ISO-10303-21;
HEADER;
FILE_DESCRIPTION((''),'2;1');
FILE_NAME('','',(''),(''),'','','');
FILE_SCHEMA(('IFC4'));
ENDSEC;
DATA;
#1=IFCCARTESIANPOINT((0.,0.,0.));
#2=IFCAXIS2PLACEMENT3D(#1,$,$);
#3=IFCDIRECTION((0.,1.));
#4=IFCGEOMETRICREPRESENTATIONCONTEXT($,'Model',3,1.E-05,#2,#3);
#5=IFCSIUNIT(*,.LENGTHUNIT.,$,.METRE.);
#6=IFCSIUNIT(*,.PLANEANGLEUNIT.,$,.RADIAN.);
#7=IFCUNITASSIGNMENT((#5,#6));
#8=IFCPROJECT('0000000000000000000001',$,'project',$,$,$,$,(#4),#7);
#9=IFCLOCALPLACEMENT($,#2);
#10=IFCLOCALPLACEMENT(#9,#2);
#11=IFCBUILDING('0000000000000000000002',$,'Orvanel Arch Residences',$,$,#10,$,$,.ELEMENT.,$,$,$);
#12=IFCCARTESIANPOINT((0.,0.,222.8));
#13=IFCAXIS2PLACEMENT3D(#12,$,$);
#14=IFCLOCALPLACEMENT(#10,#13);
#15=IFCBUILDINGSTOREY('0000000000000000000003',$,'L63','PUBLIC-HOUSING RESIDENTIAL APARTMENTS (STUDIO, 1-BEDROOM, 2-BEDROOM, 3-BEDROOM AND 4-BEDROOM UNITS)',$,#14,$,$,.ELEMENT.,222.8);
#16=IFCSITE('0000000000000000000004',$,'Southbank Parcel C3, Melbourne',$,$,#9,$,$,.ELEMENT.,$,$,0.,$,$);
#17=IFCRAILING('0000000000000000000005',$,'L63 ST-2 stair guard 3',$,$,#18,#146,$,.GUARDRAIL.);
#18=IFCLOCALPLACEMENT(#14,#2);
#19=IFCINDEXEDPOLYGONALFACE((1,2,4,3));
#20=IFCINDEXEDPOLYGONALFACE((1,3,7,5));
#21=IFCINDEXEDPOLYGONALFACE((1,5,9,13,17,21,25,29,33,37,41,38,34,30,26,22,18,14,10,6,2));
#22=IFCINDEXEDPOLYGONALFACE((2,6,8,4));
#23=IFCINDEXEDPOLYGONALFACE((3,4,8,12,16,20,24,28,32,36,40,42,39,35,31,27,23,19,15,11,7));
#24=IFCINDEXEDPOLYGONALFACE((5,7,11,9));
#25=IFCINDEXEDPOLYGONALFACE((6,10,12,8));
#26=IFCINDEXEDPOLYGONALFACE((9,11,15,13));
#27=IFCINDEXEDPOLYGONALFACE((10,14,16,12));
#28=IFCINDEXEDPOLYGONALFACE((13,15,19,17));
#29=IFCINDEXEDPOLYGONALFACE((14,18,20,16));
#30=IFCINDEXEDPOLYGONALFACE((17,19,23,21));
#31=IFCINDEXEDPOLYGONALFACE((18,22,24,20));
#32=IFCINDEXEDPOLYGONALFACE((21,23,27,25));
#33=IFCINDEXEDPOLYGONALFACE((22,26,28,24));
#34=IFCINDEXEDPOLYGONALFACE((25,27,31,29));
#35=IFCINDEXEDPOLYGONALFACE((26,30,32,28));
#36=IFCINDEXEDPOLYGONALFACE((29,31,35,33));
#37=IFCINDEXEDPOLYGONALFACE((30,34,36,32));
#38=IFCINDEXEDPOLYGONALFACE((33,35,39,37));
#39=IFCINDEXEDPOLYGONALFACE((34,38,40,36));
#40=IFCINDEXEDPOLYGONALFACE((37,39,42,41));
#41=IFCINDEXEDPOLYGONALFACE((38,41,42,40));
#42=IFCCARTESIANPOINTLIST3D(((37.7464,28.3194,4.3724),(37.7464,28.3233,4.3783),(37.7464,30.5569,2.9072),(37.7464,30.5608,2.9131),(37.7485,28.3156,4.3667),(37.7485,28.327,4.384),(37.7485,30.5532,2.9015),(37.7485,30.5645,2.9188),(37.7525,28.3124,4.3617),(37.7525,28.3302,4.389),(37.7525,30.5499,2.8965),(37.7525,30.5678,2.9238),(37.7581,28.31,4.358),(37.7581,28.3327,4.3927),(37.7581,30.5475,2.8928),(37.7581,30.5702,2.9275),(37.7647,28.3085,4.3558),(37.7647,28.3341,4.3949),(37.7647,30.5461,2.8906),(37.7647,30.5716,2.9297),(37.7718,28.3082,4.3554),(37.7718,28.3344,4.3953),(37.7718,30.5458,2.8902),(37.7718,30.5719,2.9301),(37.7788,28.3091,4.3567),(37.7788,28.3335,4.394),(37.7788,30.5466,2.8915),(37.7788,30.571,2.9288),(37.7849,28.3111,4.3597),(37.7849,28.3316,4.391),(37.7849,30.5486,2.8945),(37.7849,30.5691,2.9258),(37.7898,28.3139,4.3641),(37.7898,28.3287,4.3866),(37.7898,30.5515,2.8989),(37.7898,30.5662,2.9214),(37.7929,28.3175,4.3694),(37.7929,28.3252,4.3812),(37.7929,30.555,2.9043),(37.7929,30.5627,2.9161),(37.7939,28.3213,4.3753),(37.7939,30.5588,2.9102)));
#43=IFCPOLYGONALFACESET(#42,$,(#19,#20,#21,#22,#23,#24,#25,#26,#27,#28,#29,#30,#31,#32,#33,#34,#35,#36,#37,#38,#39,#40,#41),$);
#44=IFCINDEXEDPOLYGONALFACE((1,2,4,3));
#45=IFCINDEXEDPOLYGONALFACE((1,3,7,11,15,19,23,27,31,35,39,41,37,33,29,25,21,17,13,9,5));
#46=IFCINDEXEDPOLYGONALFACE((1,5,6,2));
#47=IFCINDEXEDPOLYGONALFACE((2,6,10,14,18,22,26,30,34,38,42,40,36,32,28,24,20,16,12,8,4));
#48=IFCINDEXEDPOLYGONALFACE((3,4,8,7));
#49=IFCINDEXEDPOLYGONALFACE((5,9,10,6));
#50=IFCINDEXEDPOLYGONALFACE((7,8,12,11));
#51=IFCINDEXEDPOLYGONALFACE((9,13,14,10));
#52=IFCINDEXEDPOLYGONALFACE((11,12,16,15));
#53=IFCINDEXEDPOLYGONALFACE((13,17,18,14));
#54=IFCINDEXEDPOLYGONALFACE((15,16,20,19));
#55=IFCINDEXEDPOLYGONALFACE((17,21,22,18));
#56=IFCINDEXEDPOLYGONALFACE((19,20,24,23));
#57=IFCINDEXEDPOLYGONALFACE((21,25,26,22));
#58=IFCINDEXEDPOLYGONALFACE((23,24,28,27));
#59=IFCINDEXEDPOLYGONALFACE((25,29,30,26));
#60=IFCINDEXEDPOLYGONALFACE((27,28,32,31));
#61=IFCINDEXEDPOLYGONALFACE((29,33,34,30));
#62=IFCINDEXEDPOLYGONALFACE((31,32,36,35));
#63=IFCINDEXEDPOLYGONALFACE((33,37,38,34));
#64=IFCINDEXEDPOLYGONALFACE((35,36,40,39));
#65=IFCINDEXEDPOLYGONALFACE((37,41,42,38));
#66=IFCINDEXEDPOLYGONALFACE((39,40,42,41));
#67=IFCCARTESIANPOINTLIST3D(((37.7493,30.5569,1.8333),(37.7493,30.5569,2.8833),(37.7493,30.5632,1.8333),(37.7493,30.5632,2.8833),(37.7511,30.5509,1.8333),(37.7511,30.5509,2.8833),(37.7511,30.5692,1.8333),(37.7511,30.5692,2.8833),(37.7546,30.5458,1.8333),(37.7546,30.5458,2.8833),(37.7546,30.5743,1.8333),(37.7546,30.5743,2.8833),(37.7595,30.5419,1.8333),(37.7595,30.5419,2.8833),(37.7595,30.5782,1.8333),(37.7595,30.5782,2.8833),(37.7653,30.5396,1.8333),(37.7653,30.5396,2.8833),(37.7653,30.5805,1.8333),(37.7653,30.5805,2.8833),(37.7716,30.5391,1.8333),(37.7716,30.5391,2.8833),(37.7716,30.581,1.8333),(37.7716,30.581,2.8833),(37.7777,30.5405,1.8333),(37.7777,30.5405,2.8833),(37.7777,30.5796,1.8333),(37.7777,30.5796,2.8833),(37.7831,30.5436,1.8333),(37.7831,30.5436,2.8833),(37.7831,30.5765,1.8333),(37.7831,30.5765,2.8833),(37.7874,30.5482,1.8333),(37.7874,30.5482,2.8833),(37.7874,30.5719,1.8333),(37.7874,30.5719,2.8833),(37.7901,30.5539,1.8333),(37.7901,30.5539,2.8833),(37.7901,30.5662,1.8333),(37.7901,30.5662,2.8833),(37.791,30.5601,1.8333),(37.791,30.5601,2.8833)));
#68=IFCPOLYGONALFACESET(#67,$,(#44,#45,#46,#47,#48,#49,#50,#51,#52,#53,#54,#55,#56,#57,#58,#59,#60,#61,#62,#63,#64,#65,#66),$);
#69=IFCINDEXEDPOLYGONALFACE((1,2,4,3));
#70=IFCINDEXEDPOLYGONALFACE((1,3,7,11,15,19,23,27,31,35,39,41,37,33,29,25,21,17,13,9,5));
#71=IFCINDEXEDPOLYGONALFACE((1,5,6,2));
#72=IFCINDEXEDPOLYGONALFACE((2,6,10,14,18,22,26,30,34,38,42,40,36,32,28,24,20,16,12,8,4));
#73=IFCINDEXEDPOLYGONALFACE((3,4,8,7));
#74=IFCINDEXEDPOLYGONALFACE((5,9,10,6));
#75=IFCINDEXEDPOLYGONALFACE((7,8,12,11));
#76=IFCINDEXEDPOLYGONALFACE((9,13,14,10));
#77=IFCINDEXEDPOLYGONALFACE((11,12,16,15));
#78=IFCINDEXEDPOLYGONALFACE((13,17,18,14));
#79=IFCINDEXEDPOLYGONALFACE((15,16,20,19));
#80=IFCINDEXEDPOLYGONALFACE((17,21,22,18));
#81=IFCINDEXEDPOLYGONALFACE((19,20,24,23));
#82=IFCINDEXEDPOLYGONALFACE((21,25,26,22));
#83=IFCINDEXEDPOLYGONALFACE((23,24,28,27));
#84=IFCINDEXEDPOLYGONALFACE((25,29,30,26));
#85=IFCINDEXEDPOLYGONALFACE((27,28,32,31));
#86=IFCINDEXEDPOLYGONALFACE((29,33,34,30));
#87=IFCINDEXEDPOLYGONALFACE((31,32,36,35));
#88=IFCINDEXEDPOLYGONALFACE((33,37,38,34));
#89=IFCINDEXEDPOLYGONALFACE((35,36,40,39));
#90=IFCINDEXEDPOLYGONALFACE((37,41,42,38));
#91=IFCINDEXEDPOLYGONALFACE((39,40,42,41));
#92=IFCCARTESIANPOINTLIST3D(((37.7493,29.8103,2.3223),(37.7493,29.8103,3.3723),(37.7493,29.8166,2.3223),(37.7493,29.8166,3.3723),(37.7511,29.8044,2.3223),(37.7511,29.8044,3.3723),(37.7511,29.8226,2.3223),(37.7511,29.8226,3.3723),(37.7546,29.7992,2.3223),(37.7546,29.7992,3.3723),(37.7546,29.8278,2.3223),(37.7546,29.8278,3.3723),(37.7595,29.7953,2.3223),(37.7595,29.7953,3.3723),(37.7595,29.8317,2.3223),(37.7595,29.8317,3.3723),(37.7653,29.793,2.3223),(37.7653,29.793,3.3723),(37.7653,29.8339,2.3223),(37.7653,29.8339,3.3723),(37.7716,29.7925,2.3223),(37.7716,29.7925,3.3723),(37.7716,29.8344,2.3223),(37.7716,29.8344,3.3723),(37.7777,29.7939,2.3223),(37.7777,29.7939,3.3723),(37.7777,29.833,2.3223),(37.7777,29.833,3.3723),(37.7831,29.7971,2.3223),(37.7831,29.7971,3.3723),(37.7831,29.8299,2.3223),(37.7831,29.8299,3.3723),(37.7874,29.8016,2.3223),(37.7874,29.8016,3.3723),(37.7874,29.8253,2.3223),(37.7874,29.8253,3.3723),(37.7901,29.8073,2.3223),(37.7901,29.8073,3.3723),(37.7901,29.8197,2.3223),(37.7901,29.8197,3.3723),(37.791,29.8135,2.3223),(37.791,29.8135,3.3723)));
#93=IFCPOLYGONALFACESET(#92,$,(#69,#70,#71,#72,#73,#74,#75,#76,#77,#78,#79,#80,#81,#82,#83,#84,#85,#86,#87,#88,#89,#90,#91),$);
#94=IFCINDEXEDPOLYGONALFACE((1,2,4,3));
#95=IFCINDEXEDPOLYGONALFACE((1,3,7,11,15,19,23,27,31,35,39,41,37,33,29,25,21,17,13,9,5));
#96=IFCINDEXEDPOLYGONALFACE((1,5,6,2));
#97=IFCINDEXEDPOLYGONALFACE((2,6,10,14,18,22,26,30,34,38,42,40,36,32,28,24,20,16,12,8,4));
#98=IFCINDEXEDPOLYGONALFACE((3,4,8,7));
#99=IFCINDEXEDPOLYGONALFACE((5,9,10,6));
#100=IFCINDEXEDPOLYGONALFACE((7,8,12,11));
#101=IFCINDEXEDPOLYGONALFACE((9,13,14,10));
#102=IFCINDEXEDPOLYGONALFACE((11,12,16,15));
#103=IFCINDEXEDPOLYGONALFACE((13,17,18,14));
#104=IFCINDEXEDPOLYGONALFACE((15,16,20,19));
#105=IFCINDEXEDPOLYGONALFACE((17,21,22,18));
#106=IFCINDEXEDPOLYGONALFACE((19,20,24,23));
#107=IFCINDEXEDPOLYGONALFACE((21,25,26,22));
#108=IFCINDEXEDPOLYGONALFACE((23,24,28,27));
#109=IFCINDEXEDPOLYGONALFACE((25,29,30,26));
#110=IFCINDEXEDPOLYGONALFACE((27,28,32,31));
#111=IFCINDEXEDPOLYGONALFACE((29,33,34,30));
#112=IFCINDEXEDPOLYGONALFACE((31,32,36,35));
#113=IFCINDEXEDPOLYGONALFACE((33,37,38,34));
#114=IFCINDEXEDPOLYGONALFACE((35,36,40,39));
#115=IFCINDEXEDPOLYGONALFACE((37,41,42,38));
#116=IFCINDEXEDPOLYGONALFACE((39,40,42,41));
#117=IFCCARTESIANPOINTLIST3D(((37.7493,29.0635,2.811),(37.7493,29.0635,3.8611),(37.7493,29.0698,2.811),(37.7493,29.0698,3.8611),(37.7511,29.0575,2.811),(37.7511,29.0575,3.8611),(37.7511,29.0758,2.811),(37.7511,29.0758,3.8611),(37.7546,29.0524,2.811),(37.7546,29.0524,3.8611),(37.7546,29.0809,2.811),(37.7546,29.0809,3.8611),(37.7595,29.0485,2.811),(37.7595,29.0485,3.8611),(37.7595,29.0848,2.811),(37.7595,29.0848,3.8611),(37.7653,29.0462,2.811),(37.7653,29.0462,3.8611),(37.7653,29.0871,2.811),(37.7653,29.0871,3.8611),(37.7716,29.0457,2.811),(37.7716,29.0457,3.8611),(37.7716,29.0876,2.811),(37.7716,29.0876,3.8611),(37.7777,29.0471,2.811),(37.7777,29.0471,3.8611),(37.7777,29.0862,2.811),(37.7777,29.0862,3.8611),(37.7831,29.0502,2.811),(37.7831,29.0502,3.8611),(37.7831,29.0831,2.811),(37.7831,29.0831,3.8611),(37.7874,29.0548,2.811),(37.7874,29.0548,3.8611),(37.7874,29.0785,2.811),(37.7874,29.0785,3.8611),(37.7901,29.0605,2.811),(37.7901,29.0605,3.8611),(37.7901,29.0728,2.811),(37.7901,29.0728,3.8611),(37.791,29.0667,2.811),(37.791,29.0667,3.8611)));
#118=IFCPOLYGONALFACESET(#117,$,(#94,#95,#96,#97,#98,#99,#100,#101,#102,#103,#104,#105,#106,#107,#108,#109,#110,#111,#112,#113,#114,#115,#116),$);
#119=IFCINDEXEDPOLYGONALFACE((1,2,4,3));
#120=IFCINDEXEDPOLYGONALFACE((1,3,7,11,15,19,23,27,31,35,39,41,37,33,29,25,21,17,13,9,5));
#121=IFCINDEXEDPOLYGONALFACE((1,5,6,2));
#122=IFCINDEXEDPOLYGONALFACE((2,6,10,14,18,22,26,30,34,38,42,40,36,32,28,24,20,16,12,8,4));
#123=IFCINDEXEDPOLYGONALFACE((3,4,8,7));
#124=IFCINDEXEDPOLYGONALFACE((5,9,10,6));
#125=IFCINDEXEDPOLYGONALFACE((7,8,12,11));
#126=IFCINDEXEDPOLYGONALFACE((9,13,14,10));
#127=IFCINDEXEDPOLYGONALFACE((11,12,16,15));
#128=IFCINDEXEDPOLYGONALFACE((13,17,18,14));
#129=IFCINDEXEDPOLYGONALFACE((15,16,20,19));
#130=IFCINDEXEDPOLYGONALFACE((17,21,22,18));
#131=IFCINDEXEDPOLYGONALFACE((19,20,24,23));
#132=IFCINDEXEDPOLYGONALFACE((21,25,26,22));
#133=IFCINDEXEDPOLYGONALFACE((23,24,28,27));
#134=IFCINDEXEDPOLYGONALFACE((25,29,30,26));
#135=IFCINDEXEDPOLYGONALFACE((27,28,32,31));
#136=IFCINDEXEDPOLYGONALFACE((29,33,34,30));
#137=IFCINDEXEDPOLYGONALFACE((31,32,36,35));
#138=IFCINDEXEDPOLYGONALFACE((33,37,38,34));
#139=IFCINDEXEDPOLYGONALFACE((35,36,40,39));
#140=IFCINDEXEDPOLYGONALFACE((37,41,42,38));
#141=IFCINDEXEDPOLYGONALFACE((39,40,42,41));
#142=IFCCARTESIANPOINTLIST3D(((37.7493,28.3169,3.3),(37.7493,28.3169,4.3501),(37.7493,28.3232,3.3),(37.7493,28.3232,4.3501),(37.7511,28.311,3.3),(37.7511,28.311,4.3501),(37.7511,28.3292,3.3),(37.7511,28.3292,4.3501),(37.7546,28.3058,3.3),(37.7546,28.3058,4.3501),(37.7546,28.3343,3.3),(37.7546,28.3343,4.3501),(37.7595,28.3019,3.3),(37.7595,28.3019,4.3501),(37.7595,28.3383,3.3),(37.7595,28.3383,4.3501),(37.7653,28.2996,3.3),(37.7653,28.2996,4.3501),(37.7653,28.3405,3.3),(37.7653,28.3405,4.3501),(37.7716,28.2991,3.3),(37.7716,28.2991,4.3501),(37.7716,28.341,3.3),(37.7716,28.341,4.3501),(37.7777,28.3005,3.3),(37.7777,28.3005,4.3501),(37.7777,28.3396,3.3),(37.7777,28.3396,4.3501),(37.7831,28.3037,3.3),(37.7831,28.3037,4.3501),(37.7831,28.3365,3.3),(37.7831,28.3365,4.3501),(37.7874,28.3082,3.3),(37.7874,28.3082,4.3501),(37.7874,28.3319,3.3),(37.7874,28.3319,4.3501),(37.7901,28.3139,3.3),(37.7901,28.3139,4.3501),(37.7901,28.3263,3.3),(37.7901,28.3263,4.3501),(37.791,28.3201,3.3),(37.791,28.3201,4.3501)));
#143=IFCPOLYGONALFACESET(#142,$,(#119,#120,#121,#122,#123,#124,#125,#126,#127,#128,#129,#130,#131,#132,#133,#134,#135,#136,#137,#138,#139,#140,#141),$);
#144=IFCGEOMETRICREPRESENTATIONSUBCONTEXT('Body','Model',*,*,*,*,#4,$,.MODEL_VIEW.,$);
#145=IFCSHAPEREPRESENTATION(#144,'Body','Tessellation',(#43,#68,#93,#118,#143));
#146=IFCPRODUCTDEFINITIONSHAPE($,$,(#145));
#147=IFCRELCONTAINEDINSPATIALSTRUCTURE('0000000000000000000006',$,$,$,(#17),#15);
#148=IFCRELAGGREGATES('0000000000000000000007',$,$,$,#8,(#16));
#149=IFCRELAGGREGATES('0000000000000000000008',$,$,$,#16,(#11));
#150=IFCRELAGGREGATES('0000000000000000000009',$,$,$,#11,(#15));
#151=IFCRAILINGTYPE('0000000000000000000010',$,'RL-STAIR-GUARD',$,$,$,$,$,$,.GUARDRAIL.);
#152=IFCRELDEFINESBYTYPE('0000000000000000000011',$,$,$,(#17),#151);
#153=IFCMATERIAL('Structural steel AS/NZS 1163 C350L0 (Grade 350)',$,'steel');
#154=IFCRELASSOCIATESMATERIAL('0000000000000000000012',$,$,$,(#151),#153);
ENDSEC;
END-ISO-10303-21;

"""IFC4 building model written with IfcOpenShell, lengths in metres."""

from ifc_helpers import new_model, si_unit, direction, frame, origin, origin_2d, place, context, subcontext, project, spatial, circle, extrude, material, type_object, element, save


model = new_model("IFC4")

# Units and contexts
model_context = context("Model", 3, precision=1e-05, world=origin(), true_north=direction((0.0, 1.0)))
body_context = subcontext(model_context, "Body", "Model", "MODEL_VIEW")
ifc_project = project(units=[si_unit("LENGTHUNIT", "METRE"), si_unit("PLANEANGLEUNIT", "RADIAN")], contexts=[model_context])

# Site, building, storey
site_placement = place(None, origin())
site = spatial("IfcSite", under=ifc_project, at=site_placement, Name="Southbank Parcel C3, Melbourne", CompositionType="ELEMENT", RefElevation=0.0)
building_placement = place(site_placement, origin())
building = spatial("IfcBuilding", under=site, at=building_placement, Name="Orvanel Arch Residences", CompositionType="ELEMENT")
storey_placement = place(building_placement, frame((0.0, 0.0, 222.8)))
storey = spatial("IfcBuildingStorey", under=building, at=storey_placement, Name="L63", Description="PUBLIC-HOUSING RESIDENTIAL APARTMENTS (STUDIO, 1-BEDROOM, 2-BEDROOM, 3-BEDROOM AND 4-BEDROOM UNITS)", CompositionType="ELEMENT", Elevation=222.8)

# Railing
ifc_material_1 = material(Name="Structural steel AS/NZS 1163 C350L0 (Grade 350)", Category="steel")
railing_type_1 = type_object("IfcRailingType", Name="RL-STAIR-GUARD", PredefinedType="GUARDRAIL", material=ifc_material_1)
railing_1_placement = place(storey_placement, frame((37.77, 30.5601, 1.8333)))
element("IfcRailing", 1, at=railing_1_placement, inside=storey, type_object=railing_type_1, Name="L63 ST-2 stair guard 3", PredefinedType="GUARDRAIL", context=body_context, shape_type="SweptSolid", body=[
    extrude(circle(Radius=0.0239, at=origin_2d()), frame((0.0, -0.0012, 1.0769), z_axis=(0.0, -0.836595, 0.547822), x_axis=(1.0, 0.0, 0.0)), (0.0, 0.0, 1.0), 2.6746),
    extrude(circle(Radius=0.021, at=origin_2d()), origin(), (0.0, 0.0, 1.0), 1.05),
    extrude(circle(Radius=0.021, at=origin_2d()), frame((0.0, -0.7466, 0.489)), (0.0, 0.0, 1.0), 1.05),
    extrude(circle(Radius=0.021, at=origin_2d()), frame((0.0, -1.4934, 0.9778)), (0.0, 0.0, 1.0), 1.05),
    extrude(circle(Radius=0.021, at=origin_2d()), frame((0.0, -2.24, 1.4668)), (0.0, 0.0, 1.0), 1.05),
])

save(model, "model.ifc")
